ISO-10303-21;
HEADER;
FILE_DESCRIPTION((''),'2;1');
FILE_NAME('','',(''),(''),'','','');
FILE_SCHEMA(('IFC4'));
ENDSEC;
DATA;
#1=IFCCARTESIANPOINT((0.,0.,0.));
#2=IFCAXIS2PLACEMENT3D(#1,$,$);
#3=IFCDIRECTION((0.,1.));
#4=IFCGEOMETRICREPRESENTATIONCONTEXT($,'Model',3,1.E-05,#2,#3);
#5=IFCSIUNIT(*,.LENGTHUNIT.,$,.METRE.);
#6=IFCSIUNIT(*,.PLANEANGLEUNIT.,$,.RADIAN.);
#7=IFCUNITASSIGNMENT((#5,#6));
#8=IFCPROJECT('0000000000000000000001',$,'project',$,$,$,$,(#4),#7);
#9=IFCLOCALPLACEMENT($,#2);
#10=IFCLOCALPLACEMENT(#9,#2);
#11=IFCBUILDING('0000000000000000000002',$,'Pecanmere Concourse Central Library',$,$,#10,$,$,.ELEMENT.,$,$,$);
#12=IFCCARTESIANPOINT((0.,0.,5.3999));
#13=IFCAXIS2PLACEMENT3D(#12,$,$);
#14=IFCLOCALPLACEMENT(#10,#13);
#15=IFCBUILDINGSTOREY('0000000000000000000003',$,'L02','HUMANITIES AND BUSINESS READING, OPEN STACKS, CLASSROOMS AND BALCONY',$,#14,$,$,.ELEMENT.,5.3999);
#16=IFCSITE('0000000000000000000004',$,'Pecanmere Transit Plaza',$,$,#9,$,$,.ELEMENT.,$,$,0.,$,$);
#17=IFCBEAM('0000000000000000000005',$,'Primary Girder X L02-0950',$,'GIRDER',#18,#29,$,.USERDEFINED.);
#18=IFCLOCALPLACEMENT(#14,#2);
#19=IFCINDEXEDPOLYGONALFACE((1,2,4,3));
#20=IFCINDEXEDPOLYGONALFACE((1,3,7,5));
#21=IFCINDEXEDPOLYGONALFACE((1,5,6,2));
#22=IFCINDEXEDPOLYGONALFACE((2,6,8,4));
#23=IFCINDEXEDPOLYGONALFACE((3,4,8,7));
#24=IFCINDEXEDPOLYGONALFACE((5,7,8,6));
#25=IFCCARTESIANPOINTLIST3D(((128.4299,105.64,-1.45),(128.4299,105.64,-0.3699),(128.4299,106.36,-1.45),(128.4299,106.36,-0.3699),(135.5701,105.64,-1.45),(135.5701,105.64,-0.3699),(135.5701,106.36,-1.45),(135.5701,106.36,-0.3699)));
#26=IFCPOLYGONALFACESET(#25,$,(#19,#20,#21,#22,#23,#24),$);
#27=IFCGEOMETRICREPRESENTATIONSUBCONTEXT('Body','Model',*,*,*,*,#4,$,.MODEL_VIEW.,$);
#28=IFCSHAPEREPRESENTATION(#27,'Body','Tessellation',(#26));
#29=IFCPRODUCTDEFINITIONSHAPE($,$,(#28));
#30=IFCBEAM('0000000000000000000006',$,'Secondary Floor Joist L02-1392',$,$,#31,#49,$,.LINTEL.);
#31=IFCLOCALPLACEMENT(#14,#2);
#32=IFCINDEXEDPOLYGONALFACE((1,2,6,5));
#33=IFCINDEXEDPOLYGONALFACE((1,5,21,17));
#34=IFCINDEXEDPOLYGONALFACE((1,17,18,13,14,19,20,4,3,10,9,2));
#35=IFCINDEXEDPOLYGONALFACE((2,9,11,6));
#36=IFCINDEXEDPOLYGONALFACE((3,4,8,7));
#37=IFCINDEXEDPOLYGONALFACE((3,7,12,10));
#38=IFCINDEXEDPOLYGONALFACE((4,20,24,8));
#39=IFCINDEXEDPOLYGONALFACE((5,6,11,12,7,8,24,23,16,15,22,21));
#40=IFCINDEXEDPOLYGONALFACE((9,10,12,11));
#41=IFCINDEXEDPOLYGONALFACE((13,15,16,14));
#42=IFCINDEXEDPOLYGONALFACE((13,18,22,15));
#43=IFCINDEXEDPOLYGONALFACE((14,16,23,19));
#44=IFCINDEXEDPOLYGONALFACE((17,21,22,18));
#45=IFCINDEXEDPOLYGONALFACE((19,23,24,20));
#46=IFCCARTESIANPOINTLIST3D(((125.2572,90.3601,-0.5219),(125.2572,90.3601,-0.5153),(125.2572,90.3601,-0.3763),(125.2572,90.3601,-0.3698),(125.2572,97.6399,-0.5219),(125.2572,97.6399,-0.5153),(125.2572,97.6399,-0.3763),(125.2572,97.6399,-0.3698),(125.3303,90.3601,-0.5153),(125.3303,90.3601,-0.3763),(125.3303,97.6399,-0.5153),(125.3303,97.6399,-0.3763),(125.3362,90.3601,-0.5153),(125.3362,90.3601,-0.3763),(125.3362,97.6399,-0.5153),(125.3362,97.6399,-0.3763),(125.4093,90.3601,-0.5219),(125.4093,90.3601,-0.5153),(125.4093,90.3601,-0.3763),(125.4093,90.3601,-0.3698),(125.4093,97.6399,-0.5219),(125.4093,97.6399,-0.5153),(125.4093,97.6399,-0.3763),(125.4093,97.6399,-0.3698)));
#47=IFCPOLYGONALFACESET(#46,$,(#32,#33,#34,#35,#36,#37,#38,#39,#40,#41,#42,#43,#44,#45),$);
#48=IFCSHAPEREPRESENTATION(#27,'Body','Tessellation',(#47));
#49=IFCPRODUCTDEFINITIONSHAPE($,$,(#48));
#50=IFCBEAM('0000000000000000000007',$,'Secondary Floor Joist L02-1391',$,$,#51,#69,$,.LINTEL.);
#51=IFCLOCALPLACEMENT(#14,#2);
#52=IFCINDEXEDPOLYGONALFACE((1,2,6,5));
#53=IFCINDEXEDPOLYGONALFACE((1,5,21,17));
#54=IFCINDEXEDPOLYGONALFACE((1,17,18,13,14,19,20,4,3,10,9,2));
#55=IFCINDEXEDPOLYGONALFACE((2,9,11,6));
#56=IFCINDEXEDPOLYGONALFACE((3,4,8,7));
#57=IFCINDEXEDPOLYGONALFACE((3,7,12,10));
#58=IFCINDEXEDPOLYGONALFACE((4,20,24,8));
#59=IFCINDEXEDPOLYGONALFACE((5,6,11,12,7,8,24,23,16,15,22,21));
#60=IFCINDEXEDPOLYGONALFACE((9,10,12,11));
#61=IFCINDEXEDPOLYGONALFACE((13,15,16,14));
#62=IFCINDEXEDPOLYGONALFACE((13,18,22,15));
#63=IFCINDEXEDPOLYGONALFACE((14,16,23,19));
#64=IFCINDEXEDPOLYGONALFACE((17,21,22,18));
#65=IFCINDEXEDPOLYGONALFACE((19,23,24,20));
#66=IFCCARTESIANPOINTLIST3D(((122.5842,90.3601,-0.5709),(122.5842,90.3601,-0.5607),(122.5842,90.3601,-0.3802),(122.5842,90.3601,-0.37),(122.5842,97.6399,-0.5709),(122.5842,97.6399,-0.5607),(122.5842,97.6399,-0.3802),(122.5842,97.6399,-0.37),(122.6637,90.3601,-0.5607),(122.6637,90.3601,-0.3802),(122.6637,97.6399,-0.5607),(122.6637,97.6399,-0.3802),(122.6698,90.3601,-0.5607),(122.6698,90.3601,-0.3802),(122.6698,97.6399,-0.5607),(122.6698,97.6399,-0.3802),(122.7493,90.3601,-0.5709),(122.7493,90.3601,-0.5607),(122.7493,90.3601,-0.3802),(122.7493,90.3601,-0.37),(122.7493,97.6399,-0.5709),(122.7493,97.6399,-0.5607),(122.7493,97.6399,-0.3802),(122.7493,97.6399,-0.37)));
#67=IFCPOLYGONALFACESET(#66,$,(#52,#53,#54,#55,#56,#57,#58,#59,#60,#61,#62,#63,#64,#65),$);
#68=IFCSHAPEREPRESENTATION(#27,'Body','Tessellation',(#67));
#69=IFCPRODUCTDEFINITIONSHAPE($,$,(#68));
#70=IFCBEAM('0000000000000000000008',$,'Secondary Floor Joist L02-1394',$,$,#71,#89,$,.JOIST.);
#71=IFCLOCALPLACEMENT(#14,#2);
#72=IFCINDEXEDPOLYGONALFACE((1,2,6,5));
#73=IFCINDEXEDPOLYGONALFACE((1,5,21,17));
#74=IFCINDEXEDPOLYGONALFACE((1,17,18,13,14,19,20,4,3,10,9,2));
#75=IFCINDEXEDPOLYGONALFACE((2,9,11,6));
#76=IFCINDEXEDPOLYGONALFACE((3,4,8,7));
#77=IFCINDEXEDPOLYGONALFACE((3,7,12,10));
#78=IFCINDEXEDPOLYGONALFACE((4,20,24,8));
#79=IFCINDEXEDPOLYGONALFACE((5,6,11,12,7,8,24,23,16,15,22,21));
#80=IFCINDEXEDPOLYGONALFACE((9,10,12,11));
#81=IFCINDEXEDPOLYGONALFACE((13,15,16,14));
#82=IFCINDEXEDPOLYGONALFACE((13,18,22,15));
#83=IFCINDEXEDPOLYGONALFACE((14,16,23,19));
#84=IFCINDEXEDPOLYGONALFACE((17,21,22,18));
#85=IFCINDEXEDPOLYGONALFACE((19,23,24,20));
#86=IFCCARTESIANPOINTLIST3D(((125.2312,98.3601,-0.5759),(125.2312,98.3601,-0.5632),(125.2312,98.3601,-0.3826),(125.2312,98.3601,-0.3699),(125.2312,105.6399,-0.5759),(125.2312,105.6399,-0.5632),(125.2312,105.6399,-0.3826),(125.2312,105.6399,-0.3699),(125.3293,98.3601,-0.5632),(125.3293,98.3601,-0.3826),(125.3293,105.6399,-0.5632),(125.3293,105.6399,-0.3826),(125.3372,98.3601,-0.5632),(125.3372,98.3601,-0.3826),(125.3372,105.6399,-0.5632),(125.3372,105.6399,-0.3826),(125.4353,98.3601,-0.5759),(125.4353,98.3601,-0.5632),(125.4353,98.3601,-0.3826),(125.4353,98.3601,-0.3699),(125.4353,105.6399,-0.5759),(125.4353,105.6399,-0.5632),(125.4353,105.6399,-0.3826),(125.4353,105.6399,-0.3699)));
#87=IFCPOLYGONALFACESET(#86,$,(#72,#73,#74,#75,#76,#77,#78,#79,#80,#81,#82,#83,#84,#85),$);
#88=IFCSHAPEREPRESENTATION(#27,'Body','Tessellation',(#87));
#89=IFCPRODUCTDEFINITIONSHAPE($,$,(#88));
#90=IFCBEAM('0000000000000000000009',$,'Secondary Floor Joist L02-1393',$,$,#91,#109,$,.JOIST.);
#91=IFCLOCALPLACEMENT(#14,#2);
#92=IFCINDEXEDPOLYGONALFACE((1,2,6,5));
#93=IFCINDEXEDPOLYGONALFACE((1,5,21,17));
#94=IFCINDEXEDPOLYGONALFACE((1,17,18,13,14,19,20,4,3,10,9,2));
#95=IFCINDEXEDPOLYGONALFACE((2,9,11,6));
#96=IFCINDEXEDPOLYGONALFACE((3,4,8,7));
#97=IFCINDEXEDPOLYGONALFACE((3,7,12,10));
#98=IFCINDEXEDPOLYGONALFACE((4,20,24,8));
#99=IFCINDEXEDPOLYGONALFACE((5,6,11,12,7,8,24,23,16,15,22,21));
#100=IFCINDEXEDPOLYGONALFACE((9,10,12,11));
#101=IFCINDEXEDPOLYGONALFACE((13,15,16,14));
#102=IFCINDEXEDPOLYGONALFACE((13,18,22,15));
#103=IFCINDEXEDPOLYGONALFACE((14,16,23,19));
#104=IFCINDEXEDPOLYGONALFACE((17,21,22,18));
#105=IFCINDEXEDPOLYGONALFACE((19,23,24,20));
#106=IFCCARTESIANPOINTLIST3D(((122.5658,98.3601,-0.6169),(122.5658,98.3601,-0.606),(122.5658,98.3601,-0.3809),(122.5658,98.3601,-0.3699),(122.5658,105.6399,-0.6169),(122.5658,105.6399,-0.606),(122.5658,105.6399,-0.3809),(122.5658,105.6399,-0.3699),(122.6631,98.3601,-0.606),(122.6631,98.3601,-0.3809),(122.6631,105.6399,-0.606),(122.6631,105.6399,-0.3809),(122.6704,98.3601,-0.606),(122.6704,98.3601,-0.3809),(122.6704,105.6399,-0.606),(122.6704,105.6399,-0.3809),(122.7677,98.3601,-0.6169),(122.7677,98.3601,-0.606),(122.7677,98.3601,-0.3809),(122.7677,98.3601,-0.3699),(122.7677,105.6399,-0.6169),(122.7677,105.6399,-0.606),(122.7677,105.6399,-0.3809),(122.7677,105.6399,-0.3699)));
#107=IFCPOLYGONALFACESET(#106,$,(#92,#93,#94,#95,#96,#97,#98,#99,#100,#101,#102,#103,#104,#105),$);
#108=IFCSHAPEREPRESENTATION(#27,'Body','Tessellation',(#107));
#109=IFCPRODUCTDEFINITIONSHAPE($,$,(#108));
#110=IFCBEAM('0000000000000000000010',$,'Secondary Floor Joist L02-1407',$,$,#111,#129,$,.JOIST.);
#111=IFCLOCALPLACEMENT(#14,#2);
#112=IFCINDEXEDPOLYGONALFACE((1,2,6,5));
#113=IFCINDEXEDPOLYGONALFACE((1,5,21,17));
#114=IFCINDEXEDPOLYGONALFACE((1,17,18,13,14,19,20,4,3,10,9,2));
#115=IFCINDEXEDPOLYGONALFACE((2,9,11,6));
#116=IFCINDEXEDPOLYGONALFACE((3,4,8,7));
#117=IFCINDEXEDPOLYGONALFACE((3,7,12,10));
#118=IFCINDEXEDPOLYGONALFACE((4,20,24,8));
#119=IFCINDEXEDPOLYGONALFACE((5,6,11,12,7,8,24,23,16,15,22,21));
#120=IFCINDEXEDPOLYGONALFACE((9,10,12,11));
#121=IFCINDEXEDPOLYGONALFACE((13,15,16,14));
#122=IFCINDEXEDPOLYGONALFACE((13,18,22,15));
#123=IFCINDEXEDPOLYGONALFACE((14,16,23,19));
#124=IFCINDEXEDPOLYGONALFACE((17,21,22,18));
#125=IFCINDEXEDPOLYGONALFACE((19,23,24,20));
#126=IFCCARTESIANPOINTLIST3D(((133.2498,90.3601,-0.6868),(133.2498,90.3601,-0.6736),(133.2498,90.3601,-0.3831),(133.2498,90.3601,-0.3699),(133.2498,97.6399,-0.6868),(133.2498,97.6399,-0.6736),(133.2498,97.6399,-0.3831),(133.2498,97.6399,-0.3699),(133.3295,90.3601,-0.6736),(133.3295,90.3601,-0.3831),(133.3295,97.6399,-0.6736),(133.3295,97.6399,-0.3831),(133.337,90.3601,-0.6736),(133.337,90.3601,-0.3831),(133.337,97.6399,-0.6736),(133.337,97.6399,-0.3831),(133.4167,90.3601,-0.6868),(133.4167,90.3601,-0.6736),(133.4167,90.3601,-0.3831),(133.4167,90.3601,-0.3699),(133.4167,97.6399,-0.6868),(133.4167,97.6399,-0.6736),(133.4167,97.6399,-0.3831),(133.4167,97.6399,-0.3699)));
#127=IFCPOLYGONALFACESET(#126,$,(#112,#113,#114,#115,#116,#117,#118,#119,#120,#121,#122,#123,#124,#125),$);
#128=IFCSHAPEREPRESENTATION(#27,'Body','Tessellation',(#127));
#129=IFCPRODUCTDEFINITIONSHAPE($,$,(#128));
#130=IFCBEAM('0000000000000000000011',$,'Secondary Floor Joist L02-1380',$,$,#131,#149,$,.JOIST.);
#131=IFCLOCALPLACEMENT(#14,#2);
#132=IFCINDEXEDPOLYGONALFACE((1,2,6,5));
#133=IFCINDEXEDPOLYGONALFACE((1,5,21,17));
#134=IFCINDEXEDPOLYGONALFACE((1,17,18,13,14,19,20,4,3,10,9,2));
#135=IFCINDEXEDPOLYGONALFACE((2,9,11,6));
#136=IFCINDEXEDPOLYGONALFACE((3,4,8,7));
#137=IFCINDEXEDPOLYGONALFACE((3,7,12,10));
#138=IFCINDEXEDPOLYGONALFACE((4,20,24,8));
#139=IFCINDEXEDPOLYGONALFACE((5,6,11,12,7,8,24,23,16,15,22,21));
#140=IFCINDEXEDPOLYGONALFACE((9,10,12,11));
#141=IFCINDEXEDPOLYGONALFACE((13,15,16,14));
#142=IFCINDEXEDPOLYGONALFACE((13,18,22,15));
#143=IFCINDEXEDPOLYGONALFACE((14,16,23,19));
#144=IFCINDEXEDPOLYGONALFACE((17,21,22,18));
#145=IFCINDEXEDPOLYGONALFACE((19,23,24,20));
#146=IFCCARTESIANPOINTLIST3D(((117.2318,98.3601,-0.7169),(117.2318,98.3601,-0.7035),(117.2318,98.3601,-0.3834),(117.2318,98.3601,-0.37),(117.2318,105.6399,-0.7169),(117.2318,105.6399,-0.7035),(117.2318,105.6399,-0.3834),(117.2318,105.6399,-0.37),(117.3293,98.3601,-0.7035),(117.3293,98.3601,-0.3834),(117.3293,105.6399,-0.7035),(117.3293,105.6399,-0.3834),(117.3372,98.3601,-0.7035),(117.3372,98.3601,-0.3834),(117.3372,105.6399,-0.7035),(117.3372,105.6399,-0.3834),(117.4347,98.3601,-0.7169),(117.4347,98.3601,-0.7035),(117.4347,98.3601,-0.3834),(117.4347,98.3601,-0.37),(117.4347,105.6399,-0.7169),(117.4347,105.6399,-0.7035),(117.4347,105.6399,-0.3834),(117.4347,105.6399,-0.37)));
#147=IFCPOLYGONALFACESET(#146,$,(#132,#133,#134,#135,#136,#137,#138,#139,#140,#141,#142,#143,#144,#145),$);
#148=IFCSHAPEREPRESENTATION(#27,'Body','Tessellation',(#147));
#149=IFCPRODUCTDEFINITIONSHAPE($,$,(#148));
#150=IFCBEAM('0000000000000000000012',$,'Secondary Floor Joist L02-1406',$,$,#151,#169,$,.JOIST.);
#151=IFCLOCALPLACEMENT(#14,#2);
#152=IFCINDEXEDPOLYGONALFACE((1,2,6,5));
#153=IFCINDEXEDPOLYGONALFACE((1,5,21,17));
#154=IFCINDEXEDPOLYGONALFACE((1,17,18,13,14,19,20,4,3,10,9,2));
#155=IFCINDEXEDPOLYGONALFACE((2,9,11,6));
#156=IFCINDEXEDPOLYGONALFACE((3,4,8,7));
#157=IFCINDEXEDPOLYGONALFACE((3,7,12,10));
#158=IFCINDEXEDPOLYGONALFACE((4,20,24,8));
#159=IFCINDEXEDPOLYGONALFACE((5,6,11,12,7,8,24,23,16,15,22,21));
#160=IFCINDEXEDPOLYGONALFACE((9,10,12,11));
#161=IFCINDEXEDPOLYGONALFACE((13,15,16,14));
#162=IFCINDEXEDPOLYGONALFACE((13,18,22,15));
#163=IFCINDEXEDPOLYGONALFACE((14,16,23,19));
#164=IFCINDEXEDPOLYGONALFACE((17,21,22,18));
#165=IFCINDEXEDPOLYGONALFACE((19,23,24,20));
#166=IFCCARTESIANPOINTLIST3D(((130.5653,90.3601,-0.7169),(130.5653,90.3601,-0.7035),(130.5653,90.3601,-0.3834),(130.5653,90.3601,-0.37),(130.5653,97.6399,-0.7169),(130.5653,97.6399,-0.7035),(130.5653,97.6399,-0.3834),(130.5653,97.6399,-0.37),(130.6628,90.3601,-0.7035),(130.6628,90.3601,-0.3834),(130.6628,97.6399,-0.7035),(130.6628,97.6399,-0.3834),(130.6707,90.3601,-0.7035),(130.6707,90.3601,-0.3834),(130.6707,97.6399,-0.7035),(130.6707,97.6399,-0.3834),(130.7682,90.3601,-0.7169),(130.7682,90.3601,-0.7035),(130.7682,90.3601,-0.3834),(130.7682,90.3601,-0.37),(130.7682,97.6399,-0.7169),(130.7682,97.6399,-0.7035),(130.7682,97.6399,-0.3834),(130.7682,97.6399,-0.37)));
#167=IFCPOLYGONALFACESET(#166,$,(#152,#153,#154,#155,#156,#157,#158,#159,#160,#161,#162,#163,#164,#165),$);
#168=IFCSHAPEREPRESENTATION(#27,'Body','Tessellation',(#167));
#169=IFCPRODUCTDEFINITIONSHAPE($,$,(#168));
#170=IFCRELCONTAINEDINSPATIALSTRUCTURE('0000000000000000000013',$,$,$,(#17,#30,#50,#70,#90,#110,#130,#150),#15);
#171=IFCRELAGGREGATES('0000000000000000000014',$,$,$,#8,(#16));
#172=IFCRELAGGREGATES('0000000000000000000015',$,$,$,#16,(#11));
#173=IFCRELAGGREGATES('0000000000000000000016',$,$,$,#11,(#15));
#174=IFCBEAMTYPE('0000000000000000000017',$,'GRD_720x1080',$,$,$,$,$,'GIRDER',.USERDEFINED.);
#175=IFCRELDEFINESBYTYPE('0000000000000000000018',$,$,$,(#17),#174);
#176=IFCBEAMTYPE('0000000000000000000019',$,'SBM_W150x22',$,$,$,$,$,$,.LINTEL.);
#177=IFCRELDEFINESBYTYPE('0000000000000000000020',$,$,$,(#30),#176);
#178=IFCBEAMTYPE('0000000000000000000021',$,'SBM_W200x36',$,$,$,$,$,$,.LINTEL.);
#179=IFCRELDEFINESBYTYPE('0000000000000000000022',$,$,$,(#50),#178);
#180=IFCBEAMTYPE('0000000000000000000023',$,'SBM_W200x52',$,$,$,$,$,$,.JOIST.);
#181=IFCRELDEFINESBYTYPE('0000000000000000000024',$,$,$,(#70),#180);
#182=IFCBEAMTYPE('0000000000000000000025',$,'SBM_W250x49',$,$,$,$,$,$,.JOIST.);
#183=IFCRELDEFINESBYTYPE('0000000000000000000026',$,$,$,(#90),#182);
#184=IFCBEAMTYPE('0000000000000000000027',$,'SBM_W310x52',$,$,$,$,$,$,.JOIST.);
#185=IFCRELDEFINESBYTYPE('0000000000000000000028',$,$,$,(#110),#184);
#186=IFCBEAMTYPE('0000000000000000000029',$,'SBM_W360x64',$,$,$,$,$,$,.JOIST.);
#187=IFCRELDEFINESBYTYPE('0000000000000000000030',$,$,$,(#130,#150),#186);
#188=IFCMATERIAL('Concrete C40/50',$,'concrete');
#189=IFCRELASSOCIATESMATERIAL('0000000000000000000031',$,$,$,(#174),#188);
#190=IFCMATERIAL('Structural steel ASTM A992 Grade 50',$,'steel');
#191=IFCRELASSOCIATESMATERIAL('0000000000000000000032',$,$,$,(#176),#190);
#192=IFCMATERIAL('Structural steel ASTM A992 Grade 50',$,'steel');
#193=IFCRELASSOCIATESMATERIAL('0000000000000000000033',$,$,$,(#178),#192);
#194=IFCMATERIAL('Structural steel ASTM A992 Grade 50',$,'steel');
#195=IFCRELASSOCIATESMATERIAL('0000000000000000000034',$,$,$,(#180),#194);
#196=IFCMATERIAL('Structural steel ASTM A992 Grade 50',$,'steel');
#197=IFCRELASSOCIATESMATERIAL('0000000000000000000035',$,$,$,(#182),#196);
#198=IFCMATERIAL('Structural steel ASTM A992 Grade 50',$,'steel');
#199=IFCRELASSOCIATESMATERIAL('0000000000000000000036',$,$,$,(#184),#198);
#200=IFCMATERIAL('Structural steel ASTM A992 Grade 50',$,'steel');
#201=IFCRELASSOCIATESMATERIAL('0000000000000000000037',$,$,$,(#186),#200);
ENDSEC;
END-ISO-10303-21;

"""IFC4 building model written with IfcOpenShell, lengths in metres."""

from ifc_helpers import new_model, si_unit, direction, frame, origin, origin_2d, place, context, subcontext, project, spatial, rectangle, i_section, extrude, material, material_profile, profile_set, type_object, element, save


model = new_model("IFC4")

# Units and contexts
model_context = context("Model", 3, precision=1e-05, world=origin(), true_north=direction((0.0, 1.0)))
body_context = subcontext(model_context, "Body", "Model", "MODEL_VIEW")
ifc_project = project(units=[si_unit("LENGTHUNIT", "METRE"), si_unit("PLANEANGLEUNIT", "RADIAN")], contexts=[model_context])

# Site, building, storey
site_placement = place(None, origin())
site = spatial("IfcSite", under=ifc_project, at=site_placement, Name="Pecanmere Transit Plaza", CompositionType="ELEMENT", RefElevation=0.0)
building_placement = place(site_placement, origin())
building = spatial("IfcBuilding", under=site, at=building_placement, Name="Pecanmere Concourse Central Library", CompositionType="ELEMENT")
storey_placement = place(building_placement, frame((0.0, 0.0, 5.3999)))
storey = spatial("IfcBuildingStorey", under=building, at=storey_placement, Name="L02", Description="HUMANITIES AND BUSINESS READING, OPEN STACKS, CLASSROOMS AND BALCONY", CompositionType="ELEMENT", Elevation=5.3999)

# Beams
ifc_material_1 = material(Name="Concrete C40/50", Category="concrete")
ifc_material_profile_1 = material_profile(ifc_material_1, rectangle(XDim=0.72, YDim=1.0801, at=origin_2d()), Name="RC 720x1080")
ifc_profile_set_1 = profile_set([ifc_material_profile_1], Name="Concrete C40/50")
beam_type_1 = type_object("IfcBeamType", Name="GRD_720x1080", ElementType="GIRDER", PredefinedType="USERDEFINED", material=ifc_profile_set_1)
for number, where, z_axis, x_axis, name in (
    (1, (128.4299, 106.0, -0.9099), (1.0, 0.0, 0.0), (0.0, 1.0, 0.0), "Primary Girder X L02-0950"),
):
    element("IfcBeam", number, at=place(storey_placement, frame(where, z_axis=z_axis, x_axis=x_axis)), inside=storey, type_object=beam_type_1, Name=name, ObjectType="GIRDER", PredefinedType="USERDEFINED", context=body_context, shape_type="SweptSolid", body=[
        extrude(rectangle(XDim=0.72, YDim=1.0801, at=origin_2d()), origin(), (0.0, 0.0, 1.0), 7.1401),
    ])
ifc_material_2 = material(Name="Structural steel ASTM A992 Grade 50", Category="steel")
ifc_material_profile_2 = material_profile(ifc_material_2, i_section(OverallWidth=0.1521, OverallDepth=0.1521, WebThickness=0.0059, FlangeThickness=0.0066, at=origin_2d()), Name="W150x22.5")
ifc_profile_set_2 = profile_set([ifc_material_profile_2], Name="Structural steel ASTM A992 Grade 50")
beam_type_2 = type_object("IfcBeamType", Name="SBM_W150x22", PredefinedType="LINTEL", material=ifc_profile_set_2)
beam_1_placement = place(storey_placement, frame((125.3333, 90.3601, -0.4458), z_axis=(0.0, 1.0, 0.0), x_axis=(-1.0, 0.0, 0.0)))
element("IfcBeam", 2, at=beam_1_placement, inside=storey, type_object=beam_type_2, Name="Secondary Floor Joist L02-1392", PredefinedType="LINTEL", context=body_context, shape_type="SweptSolid", body=[
    extrude(i_section(OverallWidth=0.1521, OverallDepth=0.1521, WebThickness=0.0059, FlangeThickness=0.0066, at=origin_2d()), origin(), (0.0, 0.0, 1.0), 7.2798),
])
ifc_material_3 = material(Name="Structural steel ASTM A992 Grade 50", Category="steel")
ifc_material_profile_3 = material_profile(ifc_material_3, i_section(OverallWidth=0.165, OverallDepth=0.2009, WebThickness=0.0061, FlangeThickness=0.0103, at=origin_2d()), Name="W200x35.9")
ifc_profile_set_3 = profile_set([ifc_material_profile_3], Name="Structural steel ASTM A992 Grade 50")
beam_type_3 = type_object("IfcBeamType", Name="SBM_W200x36", PredefinedType="LINTEL", material=ifc_profile_set_3)
beam_2_placement = place(storey_placement, frame((122.6667, 90.3601, -0.4705), z_axis=(0.0, 1.0, 0.0), x_axis=(-1.0, 0.0, 0.0)))
element("IfcBeam", 3, at=beam_2_placement, inside=storey, type_object=beam_type_3, Name="Secondary Floor Joist L02-1391", PredefinedType="LINTEL", context=body_context, shape_type="SweptSolid", body=[
    extrude(i_section(OverallWidth=0.165, OverallDepth=0.2009, WebThickness=0.0061, FlangeThickness=0.0103, at=origin_2d()), origin(), (0.0, 0.0, 1.0), 7.2798),
])
ifc_material_4 = material(Name="Structural steel ASTM A992 Grade 50", Category="steel")
ifc_material_profile_4 = material_profile(ifc_material_4, i_section(OverallWidth=0.2041, OverallDepth=0.2061, WebThickness=0.0078, FlangeThickness=0.0127, at=origin_2d()), Name="W200x52")
ifc_profile_set_4 = profile_set([ifc_material_profile_4], Name="Structural steel ASTM A992 Grade 50")
beam_type_4 = type_object("IfcBeamType", Name="SBM_W200x52", PredefinedType="JOIST", material=ifc_profile_set_4)
beam_3_placement = place(storey_placement, frame((125.3333, 98.3601, -0.4729), z_axis=(0.0, 1.0, 0.0), x_axis=(-1.0, 0.0, 0.0)))
element("IfcBeam", 4, at=beam_3_placement, inside=storey, type_object=beam_type_4, Name="Secondary Floor Joist L02-1394", PredefinedType="JOIST", context=body_context, shape_type="SweptSolid", body=[
    extrude(i_section(OverallWidth=0.2041, OverallDepth=0.2061, WebThickness=0.0078, FlangeThickness=0.0127, at=origin_2d()), origin(), (0.0, 0.0, 1.0), 7.2798),
])
ifc_material_5 = material(Name="Structural steel ASTM A992 Grade 50", Category="steel")
ifc_material_profile_5 = material_profile(ifc_material_5, i_section(OverallWidth=0.2019, OverallDepth=0.2471, WebThickness=0.0073, FlangeThickness=0.011, at=origin_2d()), Name="W250x49.1")
ifc_profile_set_5 = profile_set([ifc_material_profile_5], Name="Structural steel ASTM A992 Grade 50")
beam_type_5 = type_object("IfcBeamType", Name="SBM_W250x49", PredefinedType="JOIST", material=ifc_profile_set_5)
beam_4_placement = place(storey_placement, frame((122.6667, 98.3601, -0.4934), z_axis=(0.0, 1.0, 0.0), x_axis=(-1.0, 0.0, 0.0)))
element("IfcBeam", 5, at=beam_4_placement, inside=storey, type_object=beam_type_5, Name="Secondary Floor Joist L02-1393", PredefinedType="JOIST", context=body_context, shape_type="SweptSolid", body=[
    extrude(i_section(OverallWidth=0.2019, OverallDepth=0.2471, WebThickness=0.0073, FlangeThickness=0.011, at=origin_2d()), origin(), (0.0, 0.0, 1.0), 7.2798),
])
ifc_material_6 = material(Name="Structural steel ASTM A992 Grade 50", Category="steel")
ifc_material_profile_6 = material_profile(ifc_material_6, i_section(OverallWidth=0.167, OverallDepth=0.3169, WebThickness=0.0076, FlangeThickness=0.0132, at=origin_2d()), Name="W310x52")
ifc_profile_set_6 = profile_set([ifc_material_profile_6], Name="Structural steel ASTM A992 Grade 50")
beam_type_6 = type_object("IfcBeamType", Name="SBM_W310x52", PredefinedType="JOIST", material=ifc_profile_set_6)
beam_5_placement = place(storey_placement, frame((133.3333, 90.3601, -0.5283), z_axis=(0.0, 1.0, 0.0), x_axis=(-1.0, 0.0, 0.0)))
element("IfcBeam", 6, at=beam_5_placement, inside=storey, type_object=beam_type_6, Name="Secondary Floor Joist L02-1407", PredefinedType="JOIST", context=body_context, shape_type="SweptSolid", body=[
    extrude(i_section(OverallWidth=0.167, OverallDepth=0.3169, WebThickness=0.0076, FlangeThickness=0.0132, at=origin_2d()), origin(), (0.0, 0.0, 1.0), 7.2798),
])
ifc_material_7 = material(Name="Structural steel ASTM A992 Grade 50", Category="steel")
ifc_material_profile_7 = material_profile(ifc_material_7, i_section(OverallWidth=0.2029, OverallDepth=0.3469, WebThickness=0.0078, FlangeThickness=0.0134, at=origin_2d()), Name="W360x64")
ifc_profile_set_7 = profile_set([ifc_material_profile_7], Name="Structural steel ASTM A992 Grade 50")
beam_type_7 = type_object("IfcBeamType", Name="SBM_W360x64", PredefinedType="JOIST", material=ifc_profile_set_7)
for number, where, z_axis, x_axis, name in (
    (7, (117.3333, 98.3601, -0.5435), (0.0, 1.0, 0.0), (-1.0, 0.0, 0.0), "Secondary Floor Joist L02-1380"),
    (8, (130.6667, 90.3601, -0.5435), (0.0, 1.0, 0.0), (-1.0, 0.0, 0.0), "Secondary Floor Joist L02-1406"),
):
    element("IfcBeam", number, at=place(storey_placement, frame(where, z_axis=z_axis, x_axis=x_axis)), inside=storey, type_object=beam_type_7, Name=name, PredefinedType="JOIST", context=body_context, shape_type="SweptSolid", body=[
        extrude(i_section(OverallWidth=0.2029, OverallDepth=0.3469, WebThickness=0.0078, FlangeThickness=0.0134, at=origin_2d()), origin(), (0.0, 0.0, 1.0), 7.2798),
    ])

save(model, "model.ifc")
